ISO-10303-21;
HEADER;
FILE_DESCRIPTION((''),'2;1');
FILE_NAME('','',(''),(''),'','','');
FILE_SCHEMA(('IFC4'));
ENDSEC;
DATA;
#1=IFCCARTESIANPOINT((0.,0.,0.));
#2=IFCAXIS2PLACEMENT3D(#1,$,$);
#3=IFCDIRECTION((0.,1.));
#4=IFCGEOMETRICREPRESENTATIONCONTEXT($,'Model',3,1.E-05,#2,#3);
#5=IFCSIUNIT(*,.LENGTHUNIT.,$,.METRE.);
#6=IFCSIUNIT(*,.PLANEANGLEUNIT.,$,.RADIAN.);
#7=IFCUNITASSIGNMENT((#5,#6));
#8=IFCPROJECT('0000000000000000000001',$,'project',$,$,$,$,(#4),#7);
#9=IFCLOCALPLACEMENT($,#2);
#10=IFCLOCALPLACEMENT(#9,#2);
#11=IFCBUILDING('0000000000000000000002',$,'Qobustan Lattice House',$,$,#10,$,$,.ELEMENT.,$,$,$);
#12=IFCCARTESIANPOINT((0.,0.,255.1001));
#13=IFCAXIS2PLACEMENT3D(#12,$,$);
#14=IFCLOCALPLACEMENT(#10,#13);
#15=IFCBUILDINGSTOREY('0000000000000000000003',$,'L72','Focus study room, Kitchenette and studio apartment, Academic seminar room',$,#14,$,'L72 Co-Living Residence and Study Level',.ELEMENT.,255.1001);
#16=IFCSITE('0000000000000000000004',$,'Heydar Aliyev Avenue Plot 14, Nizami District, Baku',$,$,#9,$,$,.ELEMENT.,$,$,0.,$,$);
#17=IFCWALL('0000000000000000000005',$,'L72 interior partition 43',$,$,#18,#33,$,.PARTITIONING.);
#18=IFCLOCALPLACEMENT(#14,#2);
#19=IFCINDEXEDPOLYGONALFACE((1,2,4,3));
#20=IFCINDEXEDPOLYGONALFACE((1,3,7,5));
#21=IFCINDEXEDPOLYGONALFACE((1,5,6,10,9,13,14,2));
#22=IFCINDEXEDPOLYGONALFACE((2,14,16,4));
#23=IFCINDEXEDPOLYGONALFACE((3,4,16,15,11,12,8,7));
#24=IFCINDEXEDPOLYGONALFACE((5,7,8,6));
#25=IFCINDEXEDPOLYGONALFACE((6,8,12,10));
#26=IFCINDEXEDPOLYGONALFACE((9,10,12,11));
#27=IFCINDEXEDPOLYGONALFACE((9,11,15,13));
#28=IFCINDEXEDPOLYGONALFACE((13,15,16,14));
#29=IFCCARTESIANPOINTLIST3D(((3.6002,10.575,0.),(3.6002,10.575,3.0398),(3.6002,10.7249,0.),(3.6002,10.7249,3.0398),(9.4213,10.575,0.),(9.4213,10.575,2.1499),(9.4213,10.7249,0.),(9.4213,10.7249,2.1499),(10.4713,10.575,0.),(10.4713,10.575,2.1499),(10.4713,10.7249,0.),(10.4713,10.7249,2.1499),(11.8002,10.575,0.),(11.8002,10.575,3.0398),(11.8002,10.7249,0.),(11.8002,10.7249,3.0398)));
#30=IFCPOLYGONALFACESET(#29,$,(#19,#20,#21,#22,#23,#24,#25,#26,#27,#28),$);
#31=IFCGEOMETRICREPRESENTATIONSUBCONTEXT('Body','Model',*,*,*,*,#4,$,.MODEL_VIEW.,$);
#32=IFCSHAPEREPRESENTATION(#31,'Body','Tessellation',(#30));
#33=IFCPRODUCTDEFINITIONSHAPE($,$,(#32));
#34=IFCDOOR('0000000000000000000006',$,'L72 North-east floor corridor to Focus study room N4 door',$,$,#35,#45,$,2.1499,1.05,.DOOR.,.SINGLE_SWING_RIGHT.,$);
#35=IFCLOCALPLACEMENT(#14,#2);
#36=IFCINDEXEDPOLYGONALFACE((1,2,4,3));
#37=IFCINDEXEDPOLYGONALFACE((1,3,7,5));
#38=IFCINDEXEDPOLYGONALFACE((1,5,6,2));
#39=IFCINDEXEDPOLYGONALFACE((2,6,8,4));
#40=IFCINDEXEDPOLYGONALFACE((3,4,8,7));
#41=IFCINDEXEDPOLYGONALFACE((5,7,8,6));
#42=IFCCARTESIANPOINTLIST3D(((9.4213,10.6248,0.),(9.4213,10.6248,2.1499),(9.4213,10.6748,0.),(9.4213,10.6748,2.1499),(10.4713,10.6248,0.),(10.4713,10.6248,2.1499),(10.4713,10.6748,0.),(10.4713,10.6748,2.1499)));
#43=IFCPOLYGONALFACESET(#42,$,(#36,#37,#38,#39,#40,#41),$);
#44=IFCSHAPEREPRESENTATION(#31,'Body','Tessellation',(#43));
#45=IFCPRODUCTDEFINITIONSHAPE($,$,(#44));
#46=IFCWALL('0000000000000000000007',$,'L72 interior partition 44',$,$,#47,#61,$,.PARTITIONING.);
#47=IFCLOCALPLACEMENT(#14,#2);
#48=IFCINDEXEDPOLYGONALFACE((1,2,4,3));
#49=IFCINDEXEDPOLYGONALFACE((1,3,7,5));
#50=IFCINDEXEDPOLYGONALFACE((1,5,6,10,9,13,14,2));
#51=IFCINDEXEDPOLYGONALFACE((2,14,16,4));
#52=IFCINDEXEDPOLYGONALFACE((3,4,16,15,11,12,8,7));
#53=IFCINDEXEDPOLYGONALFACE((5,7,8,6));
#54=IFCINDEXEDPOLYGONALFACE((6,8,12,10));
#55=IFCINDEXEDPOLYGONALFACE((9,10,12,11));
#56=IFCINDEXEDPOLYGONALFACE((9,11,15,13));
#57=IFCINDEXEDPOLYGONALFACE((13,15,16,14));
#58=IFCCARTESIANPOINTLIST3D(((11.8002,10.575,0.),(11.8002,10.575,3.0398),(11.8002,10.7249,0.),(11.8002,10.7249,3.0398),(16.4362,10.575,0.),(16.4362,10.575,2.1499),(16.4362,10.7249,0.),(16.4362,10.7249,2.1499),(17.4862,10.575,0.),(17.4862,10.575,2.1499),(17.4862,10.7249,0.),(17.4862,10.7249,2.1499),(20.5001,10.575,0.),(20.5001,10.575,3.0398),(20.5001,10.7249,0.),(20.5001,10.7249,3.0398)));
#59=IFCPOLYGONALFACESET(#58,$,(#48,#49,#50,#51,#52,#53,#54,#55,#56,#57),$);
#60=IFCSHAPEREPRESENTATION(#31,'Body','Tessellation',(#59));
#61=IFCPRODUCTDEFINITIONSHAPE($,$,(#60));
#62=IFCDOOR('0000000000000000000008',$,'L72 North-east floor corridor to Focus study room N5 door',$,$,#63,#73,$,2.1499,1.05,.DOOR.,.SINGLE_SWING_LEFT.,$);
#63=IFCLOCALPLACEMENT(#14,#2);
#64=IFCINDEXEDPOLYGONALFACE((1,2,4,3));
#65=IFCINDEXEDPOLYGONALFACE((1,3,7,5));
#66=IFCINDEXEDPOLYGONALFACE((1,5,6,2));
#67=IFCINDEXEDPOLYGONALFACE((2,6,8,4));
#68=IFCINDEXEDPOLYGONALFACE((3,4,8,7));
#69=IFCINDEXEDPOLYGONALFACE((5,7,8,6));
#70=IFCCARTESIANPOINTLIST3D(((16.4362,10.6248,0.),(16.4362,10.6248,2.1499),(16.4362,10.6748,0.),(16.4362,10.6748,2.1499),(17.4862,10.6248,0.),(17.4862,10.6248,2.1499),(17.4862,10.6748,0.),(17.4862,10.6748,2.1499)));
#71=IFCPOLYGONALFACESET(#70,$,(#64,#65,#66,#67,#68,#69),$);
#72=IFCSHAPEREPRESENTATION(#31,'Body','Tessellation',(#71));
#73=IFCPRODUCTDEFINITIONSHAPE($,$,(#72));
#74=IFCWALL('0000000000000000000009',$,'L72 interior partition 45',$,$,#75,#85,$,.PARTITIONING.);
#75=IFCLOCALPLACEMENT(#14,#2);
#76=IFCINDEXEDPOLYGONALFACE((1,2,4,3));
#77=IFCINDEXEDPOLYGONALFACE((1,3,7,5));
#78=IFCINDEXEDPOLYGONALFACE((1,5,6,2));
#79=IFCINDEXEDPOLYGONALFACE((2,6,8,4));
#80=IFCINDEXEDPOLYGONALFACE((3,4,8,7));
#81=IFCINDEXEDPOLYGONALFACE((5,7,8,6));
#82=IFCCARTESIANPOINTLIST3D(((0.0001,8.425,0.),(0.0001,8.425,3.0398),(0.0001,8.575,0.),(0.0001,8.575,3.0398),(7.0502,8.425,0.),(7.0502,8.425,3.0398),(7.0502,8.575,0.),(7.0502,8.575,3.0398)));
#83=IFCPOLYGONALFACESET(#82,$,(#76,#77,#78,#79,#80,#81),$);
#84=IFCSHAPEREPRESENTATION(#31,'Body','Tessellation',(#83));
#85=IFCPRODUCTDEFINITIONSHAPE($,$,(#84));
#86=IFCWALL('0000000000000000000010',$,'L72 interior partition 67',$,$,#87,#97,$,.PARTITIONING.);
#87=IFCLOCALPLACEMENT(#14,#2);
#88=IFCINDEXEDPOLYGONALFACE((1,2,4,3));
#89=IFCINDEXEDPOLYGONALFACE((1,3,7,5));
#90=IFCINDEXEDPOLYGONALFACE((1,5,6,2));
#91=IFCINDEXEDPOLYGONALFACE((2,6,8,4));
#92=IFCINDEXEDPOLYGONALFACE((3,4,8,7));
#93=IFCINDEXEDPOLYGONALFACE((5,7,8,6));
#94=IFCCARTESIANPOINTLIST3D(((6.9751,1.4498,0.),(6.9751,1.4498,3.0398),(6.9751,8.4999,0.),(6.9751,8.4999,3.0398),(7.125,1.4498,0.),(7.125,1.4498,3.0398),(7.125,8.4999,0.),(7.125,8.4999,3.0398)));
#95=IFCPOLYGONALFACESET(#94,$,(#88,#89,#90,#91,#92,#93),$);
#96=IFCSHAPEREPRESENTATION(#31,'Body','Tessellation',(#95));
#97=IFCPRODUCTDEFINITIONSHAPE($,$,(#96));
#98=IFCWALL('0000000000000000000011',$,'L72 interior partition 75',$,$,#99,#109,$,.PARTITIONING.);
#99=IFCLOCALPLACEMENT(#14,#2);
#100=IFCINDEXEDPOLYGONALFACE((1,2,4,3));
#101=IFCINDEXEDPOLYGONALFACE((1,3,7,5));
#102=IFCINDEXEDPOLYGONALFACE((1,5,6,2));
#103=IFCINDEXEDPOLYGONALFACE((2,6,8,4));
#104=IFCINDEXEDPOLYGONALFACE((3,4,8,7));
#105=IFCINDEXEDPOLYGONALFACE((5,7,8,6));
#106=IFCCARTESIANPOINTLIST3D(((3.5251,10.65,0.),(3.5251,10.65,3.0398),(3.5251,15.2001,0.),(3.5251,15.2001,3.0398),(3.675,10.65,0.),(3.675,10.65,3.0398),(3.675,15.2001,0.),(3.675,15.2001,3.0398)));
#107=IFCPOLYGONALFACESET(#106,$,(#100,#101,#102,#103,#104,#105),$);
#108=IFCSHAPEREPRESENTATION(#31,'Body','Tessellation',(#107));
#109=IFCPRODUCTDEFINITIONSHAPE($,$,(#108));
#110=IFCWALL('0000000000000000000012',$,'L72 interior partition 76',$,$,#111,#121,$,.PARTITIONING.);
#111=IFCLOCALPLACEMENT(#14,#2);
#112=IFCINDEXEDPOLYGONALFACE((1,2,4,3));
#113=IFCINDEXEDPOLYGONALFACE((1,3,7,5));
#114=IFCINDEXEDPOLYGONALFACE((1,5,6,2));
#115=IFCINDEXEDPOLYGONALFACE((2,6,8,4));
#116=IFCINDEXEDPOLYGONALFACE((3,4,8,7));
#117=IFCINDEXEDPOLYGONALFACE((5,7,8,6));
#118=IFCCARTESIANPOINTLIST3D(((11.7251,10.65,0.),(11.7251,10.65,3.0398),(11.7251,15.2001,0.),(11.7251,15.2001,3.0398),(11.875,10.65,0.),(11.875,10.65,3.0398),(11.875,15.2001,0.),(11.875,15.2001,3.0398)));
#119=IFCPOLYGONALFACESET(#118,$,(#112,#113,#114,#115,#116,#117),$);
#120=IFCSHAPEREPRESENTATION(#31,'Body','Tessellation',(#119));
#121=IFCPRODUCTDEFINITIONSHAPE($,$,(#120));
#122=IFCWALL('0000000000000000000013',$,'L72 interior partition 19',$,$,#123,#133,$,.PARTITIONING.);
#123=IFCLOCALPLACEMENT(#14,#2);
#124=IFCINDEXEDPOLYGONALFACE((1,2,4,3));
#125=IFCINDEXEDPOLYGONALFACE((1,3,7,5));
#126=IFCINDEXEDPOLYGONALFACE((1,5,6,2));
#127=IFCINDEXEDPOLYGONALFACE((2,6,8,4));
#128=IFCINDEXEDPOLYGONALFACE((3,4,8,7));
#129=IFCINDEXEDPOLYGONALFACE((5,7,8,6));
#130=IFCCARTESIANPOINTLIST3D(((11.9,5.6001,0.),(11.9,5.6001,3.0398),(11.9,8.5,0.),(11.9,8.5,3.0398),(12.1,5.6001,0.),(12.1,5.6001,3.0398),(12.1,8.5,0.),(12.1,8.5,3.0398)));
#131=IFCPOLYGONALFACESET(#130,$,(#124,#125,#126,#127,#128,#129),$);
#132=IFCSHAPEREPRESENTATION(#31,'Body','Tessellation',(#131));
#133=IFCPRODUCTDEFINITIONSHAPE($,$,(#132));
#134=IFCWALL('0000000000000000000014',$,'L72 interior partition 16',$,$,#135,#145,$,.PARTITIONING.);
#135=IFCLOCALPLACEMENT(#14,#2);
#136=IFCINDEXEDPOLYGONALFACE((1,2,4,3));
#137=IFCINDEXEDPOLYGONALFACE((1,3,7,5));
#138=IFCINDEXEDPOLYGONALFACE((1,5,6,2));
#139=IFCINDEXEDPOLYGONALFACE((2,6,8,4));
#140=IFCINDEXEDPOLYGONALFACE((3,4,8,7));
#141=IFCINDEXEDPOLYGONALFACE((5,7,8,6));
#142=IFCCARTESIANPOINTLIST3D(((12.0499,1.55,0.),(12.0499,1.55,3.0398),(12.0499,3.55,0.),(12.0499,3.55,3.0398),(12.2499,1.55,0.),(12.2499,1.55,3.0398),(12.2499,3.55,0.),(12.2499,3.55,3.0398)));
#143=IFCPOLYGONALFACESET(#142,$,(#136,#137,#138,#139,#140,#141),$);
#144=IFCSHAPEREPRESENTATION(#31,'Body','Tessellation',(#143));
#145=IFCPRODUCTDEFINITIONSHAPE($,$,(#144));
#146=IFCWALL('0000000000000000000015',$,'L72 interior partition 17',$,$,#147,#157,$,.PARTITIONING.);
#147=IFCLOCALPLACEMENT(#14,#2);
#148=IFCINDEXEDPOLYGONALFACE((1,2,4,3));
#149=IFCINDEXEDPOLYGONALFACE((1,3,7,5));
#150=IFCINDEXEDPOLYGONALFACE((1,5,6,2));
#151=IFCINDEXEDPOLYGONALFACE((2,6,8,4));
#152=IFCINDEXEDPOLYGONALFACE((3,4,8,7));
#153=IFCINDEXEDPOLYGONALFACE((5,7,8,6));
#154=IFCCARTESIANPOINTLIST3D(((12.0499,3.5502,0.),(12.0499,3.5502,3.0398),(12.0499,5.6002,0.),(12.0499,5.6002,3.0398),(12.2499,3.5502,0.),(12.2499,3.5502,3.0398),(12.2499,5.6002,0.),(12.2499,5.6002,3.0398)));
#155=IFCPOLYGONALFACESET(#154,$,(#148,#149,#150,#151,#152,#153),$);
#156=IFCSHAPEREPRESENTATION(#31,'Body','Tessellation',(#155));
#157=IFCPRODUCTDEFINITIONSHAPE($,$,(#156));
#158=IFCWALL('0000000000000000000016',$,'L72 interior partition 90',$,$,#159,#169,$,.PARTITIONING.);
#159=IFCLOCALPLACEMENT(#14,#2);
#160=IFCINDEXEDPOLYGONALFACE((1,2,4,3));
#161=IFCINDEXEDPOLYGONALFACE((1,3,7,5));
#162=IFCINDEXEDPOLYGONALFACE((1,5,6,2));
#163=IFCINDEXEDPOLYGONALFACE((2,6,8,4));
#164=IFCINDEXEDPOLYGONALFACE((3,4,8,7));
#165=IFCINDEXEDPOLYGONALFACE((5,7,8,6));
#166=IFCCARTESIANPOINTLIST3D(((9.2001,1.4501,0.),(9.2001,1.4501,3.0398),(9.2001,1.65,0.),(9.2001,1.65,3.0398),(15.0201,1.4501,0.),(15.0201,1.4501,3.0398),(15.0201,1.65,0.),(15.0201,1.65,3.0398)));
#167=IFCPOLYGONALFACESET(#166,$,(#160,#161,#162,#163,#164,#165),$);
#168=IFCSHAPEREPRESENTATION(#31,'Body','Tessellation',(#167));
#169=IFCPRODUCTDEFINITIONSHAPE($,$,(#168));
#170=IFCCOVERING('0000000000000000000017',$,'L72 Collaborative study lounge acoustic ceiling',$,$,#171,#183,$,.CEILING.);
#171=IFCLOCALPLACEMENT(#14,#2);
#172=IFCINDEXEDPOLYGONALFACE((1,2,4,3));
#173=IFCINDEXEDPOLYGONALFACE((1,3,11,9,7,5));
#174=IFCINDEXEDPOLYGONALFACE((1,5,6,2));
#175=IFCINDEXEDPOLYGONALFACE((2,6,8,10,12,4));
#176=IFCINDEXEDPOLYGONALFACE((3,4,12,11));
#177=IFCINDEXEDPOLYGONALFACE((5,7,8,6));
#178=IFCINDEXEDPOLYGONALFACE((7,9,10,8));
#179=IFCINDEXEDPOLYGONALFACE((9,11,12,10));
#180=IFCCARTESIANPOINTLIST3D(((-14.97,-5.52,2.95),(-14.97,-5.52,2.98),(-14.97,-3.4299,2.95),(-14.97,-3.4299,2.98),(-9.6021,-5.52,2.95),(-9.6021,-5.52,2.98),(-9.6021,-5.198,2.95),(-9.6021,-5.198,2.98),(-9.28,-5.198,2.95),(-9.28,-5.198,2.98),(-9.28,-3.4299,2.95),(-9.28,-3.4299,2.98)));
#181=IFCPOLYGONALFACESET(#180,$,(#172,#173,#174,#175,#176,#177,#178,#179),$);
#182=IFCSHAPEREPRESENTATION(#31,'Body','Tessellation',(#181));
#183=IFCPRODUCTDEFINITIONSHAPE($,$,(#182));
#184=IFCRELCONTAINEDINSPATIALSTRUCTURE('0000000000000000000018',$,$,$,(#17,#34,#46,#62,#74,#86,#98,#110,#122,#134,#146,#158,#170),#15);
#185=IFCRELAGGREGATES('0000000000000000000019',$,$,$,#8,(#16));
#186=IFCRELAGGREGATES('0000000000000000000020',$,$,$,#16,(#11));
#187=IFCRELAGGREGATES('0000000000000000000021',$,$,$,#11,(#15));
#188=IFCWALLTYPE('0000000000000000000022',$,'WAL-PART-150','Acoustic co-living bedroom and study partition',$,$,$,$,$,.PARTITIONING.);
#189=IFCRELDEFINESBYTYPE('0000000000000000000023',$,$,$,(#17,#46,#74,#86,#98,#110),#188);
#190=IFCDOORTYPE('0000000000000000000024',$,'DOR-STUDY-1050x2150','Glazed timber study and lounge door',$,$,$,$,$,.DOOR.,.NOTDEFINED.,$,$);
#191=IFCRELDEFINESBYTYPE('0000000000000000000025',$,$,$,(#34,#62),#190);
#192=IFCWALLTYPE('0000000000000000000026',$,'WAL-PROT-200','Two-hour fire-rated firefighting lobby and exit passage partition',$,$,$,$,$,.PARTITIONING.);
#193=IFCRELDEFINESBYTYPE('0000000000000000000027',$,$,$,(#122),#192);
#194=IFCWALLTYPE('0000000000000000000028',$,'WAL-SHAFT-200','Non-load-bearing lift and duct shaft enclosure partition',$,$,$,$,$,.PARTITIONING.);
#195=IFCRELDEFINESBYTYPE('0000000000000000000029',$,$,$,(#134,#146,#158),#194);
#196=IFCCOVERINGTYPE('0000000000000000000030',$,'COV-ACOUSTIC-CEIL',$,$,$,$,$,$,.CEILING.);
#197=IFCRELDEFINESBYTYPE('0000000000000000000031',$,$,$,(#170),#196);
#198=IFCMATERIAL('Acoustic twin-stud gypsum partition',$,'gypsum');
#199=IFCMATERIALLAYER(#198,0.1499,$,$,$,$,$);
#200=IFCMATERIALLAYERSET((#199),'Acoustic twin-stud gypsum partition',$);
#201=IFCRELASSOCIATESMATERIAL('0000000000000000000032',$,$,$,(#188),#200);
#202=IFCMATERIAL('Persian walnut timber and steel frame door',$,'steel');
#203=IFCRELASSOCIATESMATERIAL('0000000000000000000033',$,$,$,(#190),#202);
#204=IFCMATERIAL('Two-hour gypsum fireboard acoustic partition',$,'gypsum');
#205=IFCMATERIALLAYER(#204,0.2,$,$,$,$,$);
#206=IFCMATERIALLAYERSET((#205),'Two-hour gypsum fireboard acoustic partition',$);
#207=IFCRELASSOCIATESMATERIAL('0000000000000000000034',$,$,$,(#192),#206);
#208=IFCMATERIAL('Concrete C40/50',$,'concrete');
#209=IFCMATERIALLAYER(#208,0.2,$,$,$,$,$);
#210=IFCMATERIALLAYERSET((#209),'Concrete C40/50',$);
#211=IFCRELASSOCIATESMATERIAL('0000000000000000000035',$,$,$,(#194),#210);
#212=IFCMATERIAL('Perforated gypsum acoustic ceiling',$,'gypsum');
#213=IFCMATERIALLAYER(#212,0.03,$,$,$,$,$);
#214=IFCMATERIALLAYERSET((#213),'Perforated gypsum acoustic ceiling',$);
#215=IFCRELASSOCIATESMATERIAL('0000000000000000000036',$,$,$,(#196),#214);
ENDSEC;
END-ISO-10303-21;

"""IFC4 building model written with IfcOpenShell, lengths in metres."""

from ifc_helpers import new_model, si_unit, direction, frame, frame_2d, origin, place, context, subcontext, project, spatial, polyline, rectangle, outline, extrude, material, layer, layer_set, type_object, element, fill, save


model = new_model("IFC4")

# Units and contexts
model_context = context("Model", 3, precision=1e-05, world=origin(), true_north=direction((0.0, 1.0)))
body_context = subcontext(model_context, "Body", "Model", "MODEL_VIEW")
ifc_project = project(units=[si_unit("LENGTHUNIT", "METRE"), si_unit("PLANEANGLEUNIT", "RADIAN")], contexts=[model_context])

# Site, building, storey
site_placement = place(None, origin())
site = spatial("IfcSite", under=ifc_project, at=site_placement, Name="Heydar Aliyev Avenue Plot 14, Nizami District, Baku", CompositionType="ELEMENT", RefElevation=0.0)
building_placement = place(site_placement, origin())
building = spatial("IfcBuilding", under=site, at=building_placement, Name="Qobustan Lattice House", CompositionType="ELEMENT")
storey_placement = place(building_placement, frame((0.0, 0.0, 255.1001)))
storey = spatial("IfcBuildingStorey", under=building, at=storey_placement, Name="L72", Description="Focus study room, Kitchenette and studio apartment, Academic seminar room", LongName="L72 Co-Living Residence and Study Level", CompositionType="ELEMENT", Elevation=255.1001)

# Shared definitions
ifc_material_1 = material(Name="Acoustic twin-stud gypsum partition", Category="gypsum")
ifc_layer_1 = layer(ifc_material_1, 0.1499)
ifc_layer_set_1 = layer_set([ifc_layer_1], Name="Acoustic twin-stud gypsum partition")
wall_type_1 = type_object("IfcWallType", Name="WAL-PART-150", Description="Acoustic co-living bedroom and study partition", PredefinedType="PARTITIONING", material=ifc_layer_set_1)
ifc_material_2 = material(Name="Persian walnut timber and steel frame door", Category="steel")
door_type_1 = type_object("IfcDoorType", Name="DOR-STUDY-1050x2150", Description="Glazed timber study and lounge door", OperationType="NOTDEFINED", PredefinedType="DOOR", material=ifc_material_2)

# Walls, openings, doors
wall_1_placement = place(storey_placement, frame((3.6001, 10.6499, 0.0), z_axis=(0.0, 0.0, 1.0), x_axis=(1.0, 0.0, 0.0)))
wall_1 = element("IfcWall", 1, at=wall_1_placement, inside=storey, type_object=wall_type_1, Name="L72 interior partition 43", PredefinedType="PARTITIONING", context=body_context, shape_type="SweptSolid", body=[
    extrude(rectangle(XDim=8.2, YDim=0.1499, at=frame_2d((4.1001, 0.0))), origin(), (0.0, 0.0, 1.0), 3.0398),
])
opening_1_placement = place(wall_1_placement, frame((5.8213, 0.0, 0.0)))
opening_1 = element("IfcOpeningElement", 2, at=opening_1_placement, cuts=wall_1, PredefinedType="OPENING", context=body_context, shape_type="SweptSolid", body=[
    extrude(rectangle(XDim=1.05, YDim=2.1499, at=frame_2d((0.5249, 1.075))), frame((0.0, 0.085, 0.0), z_axis=(0.0, -1.0, 0.0), x_axis=(1.0, 0.0, 0.0)), (0.0, 0.0, 1.0), 0.1699),
])
door_1_placement = place(opening_1_placement, origin())
door_1 = element("IfcDoor", 3, at=door_1_placement, inside=storey, type_object=door_type_1, Name="L72 North-east floor corridor to Focus study room N4 door", OperationType="SINGLE_SWING_RIGHT", OverallHeight=2.1499, OverallWidth=1.05, PredefinedType="DOOR", context=body_context, shape_type="SweptSolid", body=[
    extrude(rectangle(XDim=1.05, YDim=2.1499, at=frame_2d((0.5249, 1.075))), frame((0.0, 0.0249, 0.0), z_axis=(0.0, -1.0, 0.0), x_axis=(1.0, 0.0, 0.0)), (0.0, 0.0, 1.0), 0.05),
])
fill(opening_1, door_1)
wall_2_placement = place(storey_placement, frame((11.8, 10.6499, 0.0), z_axis=(0.0, 0.0, 1.0), x_axis=(1.0, 0.0, 0.0)))
wall_2 = element("IfcWall", 4, at=wall_2_placement, inside=storey, type_object=wall_type_1, Name="L72 interior partition 44", PredefinedType="PARTITIONING", context=body_context, shape_type="SweptSolid", body=[
    extrude(rectangle(XDim=8.7, YDim=0.1499, at=frame_2d((4.3501, 0.0))), origin(), (0.0, 0.0, 1.0), 3.0398),
])
opening_2_placement = place(wall_2_placement, frame((4.6362, 0.0, 0.0)))
opening_2 = element("IfcOpeningElement", 5, at=opening_2_placement, cuts=wall_2, PredefinedType="OPENING", context=body_context, shape_type="SweptSolid", body=[
    extrude(rectangle(XDim=1.05, YDim=2.1499, at=frame_2d((0.5249, 1.075))), frame((0.0, 0.085, 0.0), z_axis=(0.0, -1.0, 0.0), x_axis=(1.0, 0.0, 0.0)), (0.0, 0.0, 1.0), 0.1699),
])
door_2_placement = place(opening_2_placement, origin())
door_2 = element("IfcDoor", 6, at=door_2_placement, inside=storey, type_object=door_type_1, Name="L72 North-east floor corridor to Focus study room N5 door", OperationType="SINGLE_SWING_LEFT", OverallHeight=2.1499, OverallWidth=1.05, PredefinedType="DOOR", context=body_context, shape_type="SweptSolid", body=[
    extrude(rectangle(XDim=1.05, YDim=2.1499, at=frame_2d((0.5249, 1.075))), frame((0.0, 0.0249, 0.0), z_axis=(0.0, -1.0, 0.0), x_axis=(1.0, 0.0, 0.0)), (0.0, 0.0, 1.0), 0.05),
])
fill(opening_2, door_2)

# Walls
for number, where, z_axis, x_axis, name in (
    (7, (7.05, 8.5, 0.0), (0.0, 0.0, 1.0), (-1.0, 0.0, 0.0), "L72 interior partition 45"),
    (8, (7.05, 1.45, 0.0), (0.0, 0.0, 1.0), (0.0, 1.0, 0.0), "L72 interior partition 67"),
):
    element("IfcWall", number, at=place(storey_placement, frame(where, z_axis=z_axis, x_axis=x_axis)), inside=storey, type_object=wall_type_1, Name=name, PredefinedType="PARTITIONING", context=body_context, shape_type="SweptSolid", body=[
        extrude(rectangle(XDim=7.05, YDim=0.1499, at=frame_2d((3.5249, 0.0))), origin(), (0.0, 0.0, 1.0), 3.0398),
    ])
for number, where, z_axis, x_axis, name in (
    (9, (3.6001, 15.2, 0.0), (0.0, 0.0, 1.0), (0.0, -1.0, 0.0), "L72 interior partition 75"),
    (10, (11.8, 15.2, 0.0), (0.0, 0.0, 1.0), (0.0, -1.0, 0.0), "L72 interior partition 76"),
):
    element("IfcWall", number, at=place(storey_placement, frame(where, z_axis=z_axis, x_axis=x_axis)), inside=storey, type_object=wall_type_1, Name=name, PredefinedType="PARTITIONING", context=body_context, shape_type="SweptSolid", body=[
        extrude(rectangle(XDim=4.55, YDim=0.1499, at=frame_2d((2.2749, 0.0))), origin(), (0.0, 0.0, 1.0), 3.0398),
    ])
ifc_material_3 = material(Name="Two-hour gypsum fireboard acoustic partition", Category="gypsum")
ifc_layer_2 = layer(ifc_material_3, 0.2)
ifc_layer_set_2 = layer_set([ifc_layer_2], Name="Two-hour gypsum fireboard acoustic partition")
wall_type_2 = type_object("IfcWallType", Name="WAL-PROT-200", Description="Two-hour fire-rated firefighting lobby and exit passage partition", PredefinedType="PARTITIONING", material=ifc_layer_set_2)
wall_3_placement = place(storey_placement, frame((12.0, 8.5, 0.0), z_axis=(0.0, 0.0, 1.0), x_axis=(0.0, -1.0, 0.0)))
element("IfcWall", 11, at=wall_3_placement, inside=storey, type_object=wall_type_2, Name="L72 interior partition 19", PredefinedType="PARTITIONING", context=body_context, shape_type="SweptSolid", body=[
    extrude(rectangle(XDim=2.8999, YDim=0.2, at=frame_2d((1.45, 0.0))), origin(), (0.0, 0.0, 1.0), 3.0398),
])
ifc_material_4 = material(Name="Concrete C40/50", Category="concrete")
ifc_layer_3 = layer(ifc_material_4, 0.2)
ifc_layer_set_3 = layer_set([ifc_layer_3], Name="Concrete C40/50")
wall_type_3 = type_object("IfcWallType", Name="WAL-SHAFT-200", Description="Non-load-bearing lift and duct shaft enclosure partition", PredefinedType="PARTITIONING", material=ifc_layer_set_3)
wall_4_placement = place(storey_placement, frame((12.1499, 3.55, 0.0), z_axis=(0.0, 0.0, 1.0), x_axis=(0.0, -1.0, 0.0)))
element("IfcWall", 12, at=wall_4_placement, inside=storey, type_object=wall_type_3, Name="L72 interior partition 16", PredefinedType="PARTITIONING", context=body_context, shape_type="SweptSolid", body=[
    extrude(rectangle(XDim=2.0, YDim=0.2, at=frame_2d((1.0, 0.0))), origin(), (0.0, 0.0, 1.0), 3.0398),
])
wall_5_placement = place(storey_placement, frame((12.1499, 5.6001, 0.0), z_axis=(0.0, 0.0, 1.0), x_axis=(0.0, -1.0, 0.0)))
element("IfcWall", 13, at=wall_5_placement, inside=storey, type_object=wall_type_3, Name="L72 interior partition 17", PredefinedType="PARTITIONING", context=body_context, shape_type="SweptSolid", body=[
    extrude(rectangle(XDim=2.05, YDim=0.2, at=frame_2d((1.0249, 0.0))), origin(), (0.0, 0.0, 1.0), 3.0398),
])
wall_6_placement = place(storey_placement, frame((9.2, 1.55, 0.0), z_axis=(0.0, 0.0, 1.0), x_axis=(1.0, 0.0, 0.0)))
element("IfcWall", 14, at=wall_6_placement, inside=storey, type_object=wall_type_3, Name="L72 interior partition 90", PredefinedType="PARTITIONING", context=body_context, shape_type="SweptSolid", body=[
    extrude(rectangle(XDim=5.8201, YDim=0.2, at=frame_2d((2.9102, 0.0))), origin(), (0.0, 0.0, 1.0), 3.0398),
])

# Covering
ifc_material_5 = material(Name="Perforated gypsum acoustic ceiling", Category="gypsum")
ifc_layer_4 = layer(ifc_material_5, 0.03)
ifc_layer_set_4 = layer_set([ifc_layer_4], Name="Perforated gypsum acoustic ceiling")
covering_type_1 = type_object("IfcCoveringType", Name="COV-ACOUSTIC-CEIL", PredefinedType="CEILING", material=ifc_layer_set_4)
covering_1_placement = place(storey_placement, frame((0.0, 0.0, 2.95)))
element("IfcCovering", 15, at=covering_1_placement, inside=storey, type_object=covering_type_1, Name="L72 Collaborative study lounge acoustic ceiling", PredefinedType="CEILING", context=body_context, shape_type="SweptSolid", body=[
    extrude(outline(polyline([(-9.28, -3.4299), (-14.97, -3.4299), (-14.97, -5.52), (-9.6021, -5.52), (-9.6021, -5.198), (-9.28, -5.198), (-9.28, -3.4299)])), origin(), (0.0, 0.0, 1.0), 0.03),
])

save(model, "model.ifc")
